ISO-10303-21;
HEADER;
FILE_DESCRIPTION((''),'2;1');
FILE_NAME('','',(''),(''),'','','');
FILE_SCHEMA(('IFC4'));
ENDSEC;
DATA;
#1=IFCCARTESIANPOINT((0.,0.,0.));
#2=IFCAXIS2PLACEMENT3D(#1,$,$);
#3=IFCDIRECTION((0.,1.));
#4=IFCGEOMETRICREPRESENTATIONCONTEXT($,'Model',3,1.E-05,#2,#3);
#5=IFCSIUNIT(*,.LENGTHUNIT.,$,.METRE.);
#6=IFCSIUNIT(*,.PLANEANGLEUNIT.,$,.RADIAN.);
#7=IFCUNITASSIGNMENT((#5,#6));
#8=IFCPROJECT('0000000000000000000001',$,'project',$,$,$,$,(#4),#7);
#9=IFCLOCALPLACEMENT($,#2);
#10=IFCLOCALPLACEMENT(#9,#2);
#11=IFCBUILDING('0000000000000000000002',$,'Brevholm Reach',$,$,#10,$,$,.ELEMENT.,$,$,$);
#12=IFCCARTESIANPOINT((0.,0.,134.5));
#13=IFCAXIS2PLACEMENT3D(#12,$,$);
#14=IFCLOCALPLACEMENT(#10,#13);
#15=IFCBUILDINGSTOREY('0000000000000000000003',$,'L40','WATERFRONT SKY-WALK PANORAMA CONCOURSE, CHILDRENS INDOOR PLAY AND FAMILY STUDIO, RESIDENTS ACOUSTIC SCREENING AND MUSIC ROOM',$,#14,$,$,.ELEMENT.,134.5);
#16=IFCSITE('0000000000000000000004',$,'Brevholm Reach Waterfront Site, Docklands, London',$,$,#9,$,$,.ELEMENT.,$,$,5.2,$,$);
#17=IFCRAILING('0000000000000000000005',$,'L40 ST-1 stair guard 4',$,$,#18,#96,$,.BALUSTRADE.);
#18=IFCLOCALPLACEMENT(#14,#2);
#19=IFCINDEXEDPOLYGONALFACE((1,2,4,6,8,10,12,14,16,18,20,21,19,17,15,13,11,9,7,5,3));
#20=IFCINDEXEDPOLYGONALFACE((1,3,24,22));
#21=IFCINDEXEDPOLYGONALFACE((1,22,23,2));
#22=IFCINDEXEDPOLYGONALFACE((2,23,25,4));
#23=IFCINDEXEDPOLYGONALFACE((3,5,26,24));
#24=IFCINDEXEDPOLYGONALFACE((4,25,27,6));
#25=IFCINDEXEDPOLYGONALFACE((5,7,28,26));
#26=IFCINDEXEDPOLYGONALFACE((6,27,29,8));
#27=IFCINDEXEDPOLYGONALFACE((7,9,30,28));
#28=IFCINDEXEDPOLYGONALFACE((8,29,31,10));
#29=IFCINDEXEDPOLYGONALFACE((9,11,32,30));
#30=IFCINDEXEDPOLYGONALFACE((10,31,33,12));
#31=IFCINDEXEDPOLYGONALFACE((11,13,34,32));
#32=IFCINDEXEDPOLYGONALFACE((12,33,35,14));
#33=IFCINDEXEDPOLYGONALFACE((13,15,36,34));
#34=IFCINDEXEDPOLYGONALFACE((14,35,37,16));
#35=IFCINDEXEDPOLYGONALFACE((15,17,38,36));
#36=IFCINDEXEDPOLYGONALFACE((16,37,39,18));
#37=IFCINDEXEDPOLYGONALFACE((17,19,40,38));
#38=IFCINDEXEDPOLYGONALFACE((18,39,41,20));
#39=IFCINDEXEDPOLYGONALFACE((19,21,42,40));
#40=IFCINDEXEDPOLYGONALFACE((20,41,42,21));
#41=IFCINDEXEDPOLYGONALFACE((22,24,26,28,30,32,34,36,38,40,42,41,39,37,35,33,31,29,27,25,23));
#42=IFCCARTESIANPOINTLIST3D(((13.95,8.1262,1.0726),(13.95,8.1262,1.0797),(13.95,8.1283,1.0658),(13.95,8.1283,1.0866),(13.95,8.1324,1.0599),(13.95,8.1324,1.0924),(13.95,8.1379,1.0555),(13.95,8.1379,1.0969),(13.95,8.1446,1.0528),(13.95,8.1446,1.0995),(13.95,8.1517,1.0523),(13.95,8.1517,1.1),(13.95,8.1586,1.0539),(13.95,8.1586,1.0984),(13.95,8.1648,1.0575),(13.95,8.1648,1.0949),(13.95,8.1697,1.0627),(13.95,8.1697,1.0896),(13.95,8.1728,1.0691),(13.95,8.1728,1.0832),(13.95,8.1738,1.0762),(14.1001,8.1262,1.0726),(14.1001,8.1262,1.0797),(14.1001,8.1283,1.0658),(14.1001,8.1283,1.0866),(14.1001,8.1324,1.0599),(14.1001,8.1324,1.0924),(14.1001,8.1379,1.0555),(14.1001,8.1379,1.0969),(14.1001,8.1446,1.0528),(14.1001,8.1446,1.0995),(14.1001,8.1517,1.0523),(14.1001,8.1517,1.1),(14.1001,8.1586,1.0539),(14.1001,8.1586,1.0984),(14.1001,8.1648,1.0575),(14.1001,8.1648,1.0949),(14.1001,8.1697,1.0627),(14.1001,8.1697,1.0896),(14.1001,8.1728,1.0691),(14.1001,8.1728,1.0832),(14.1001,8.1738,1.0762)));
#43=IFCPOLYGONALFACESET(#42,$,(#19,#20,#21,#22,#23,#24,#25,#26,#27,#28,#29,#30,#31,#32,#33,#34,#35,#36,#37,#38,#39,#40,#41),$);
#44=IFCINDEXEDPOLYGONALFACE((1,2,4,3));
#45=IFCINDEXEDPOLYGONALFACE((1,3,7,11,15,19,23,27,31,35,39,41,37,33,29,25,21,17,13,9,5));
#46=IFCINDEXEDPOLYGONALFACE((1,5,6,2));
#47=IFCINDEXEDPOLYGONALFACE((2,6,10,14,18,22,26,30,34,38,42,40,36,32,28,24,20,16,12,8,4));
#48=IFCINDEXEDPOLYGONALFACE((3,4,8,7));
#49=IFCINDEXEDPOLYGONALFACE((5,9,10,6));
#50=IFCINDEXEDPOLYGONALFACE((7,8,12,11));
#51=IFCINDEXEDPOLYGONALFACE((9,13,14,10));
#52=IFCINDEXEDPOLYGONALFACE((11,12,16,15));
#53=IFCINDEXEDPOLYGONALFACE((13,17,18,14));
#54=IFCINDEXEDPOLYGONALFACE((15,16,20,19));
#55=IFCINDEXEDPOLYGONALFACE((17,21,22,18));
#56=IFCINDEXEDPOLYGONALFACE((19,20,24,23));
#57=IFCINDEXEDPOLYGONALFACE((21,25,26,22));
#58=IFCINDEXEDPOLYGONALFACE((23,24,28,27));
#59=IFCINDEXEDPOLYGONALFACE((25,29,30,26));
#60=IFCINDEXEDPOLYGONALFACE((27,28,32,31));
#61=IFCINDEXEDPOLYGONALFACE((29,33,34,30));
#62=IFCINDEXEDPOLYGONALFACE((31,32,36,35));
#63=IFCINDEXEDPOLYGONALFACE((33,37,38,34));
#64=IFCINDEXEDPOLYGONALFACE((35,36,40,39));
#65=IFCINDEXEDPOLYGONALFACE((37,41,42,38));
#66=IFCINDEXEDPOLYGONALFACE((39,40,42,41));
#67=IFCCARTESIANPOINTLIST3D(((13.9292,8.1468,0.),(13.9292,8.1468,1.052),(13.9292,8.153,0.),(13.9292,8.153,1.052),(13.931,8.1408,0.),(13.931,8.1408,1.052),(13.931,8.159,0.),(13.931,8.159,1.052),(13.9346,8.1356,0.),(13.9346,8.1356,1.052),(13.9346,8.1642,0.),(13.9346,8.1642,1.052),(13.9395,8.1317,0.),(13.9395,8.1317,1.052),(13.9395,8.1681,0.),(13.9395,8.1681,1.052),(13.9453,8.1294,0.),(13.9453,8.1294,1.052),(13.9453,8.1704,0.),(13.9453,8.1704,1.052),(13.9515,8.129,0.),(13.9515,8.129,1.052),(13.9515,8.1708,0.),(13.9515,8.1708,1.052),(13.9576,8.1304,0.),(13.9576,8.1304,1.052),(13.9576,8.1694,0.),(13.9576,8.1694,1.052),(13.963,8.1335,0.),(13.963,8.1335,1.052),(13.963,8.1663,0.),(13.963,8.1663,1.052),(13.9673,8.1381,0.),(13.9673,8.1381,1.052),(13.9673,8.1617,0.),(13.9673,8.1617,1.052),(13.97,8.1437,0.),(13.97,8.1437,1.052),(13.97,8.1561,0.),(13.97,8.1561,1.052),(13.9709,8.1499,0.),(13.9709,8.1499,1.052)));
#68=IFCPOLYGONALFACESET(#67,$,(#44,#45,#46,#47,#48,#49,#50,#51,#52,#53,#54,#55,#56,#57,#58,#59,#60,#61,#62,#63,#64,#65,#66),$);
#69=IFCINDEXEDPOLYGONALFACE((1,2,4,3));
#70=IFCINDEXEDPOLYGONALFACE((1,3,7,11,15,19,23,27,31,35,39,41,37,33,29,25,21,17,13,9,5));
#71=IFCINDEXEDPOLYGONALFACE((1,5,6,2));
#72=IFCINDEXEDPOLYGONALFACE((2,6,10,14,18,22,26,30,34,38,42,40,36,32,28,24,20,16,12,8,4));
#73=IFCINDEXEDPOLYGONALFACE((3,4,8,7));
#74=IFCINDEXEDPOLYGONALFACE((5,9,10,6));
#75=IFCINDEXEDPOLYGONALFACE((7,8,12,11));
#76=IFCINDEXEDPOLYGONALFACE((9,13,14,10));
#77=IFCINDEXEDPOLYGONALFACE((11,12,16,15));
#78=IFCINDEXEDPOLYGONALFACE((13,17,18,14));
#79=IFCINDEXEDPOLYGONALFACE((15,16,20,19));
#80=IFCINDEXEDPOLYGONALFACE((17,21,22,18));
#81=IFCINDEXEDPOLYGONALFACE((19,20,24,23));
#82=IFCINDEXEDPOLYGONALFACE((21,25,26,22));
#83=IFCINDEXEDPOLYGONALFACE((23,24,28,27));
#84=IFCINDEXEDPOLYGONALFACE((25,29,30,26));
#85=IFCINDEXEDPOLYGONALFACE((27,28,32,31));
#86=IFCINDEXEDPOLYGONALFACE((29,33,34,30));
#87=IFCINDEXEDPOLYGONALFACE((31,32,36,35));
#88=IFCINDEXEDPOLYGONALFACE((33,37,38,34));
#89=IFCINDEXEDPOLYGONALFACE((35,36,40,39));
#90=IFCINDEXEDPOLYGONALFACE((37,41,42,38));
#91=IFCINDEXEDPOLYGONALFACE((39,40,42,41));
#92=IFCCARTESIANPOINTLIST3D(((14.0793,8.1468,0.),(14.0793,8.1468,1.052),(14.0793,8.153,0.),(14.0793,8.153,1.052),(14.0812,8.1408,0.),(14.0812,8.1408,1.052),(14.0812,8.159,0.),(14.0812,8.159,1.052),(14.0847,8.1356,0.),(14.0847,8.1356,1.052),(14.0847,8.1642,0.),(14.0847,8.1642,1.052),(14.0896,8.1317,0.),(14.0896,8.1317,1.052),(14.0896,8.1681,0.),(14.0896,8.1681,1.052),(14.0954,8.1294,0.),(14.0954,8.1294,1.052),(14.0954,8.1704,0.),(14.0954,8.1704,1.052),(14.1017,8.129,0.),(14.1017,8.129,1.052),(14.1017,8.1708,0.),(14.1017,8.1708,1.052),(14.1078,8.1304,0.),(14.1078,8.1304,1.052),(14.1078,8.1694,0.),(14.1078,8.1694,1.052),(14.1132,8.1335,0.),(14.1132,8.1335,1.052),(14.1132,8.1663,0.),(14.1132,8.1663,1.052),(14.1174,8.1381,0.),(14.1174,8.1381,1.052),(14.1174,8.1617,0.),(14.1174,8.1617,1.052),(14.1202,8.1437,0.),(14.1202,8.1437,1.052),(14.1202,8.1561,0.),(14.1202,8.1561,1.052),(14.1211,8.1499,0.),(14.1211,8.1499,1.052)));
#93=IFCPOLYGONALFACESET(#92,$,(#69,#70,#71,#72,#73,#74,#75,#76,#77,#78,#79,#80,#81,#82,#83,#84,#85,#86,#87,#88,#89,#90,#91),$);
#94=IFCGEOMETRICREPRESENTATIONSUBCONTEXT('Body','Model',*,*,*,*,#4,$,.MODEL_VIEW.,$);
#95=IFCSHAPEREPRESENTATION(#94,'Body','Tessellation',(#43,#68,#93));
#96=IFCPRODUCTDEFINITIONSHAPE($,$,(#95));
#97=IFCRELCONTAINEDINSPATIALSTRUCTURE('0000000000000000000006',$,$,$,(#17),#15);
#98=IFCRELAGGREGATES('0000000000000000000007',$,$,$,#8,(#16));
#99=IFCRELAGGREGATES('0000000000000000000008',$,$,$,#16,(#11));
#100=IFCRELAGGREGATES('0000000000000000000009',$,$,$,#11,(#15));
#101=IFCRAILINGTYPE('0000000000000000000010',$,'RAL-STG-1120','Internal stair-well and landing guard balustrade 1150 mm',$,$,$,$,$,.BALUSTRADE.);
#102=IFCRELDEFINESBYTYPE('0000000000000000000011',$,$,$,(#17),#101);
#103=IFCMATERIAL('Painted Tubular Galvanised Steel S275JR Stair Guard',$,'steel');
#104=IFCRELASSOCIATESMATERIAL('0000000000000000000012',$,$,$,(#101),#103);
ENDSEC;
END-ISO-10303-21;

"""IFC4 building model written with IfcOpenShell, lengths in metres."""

from ifc_helpers import new_model, si_unit, direction, frame, origin, origin_2d, place, context, subcontext, project, spatial, circle, extrude, material, type_object, element, save


model = new_model("IFC4")

# Units and contexts
model_context = context("Model", 3, precision=1e-05, world=origin(), true_north=direction((0.0, 1.0)))
body_context = subcontext(model_context, "Body", "Model", "MODEL_VIEW")
ifc_project = project(units=[si_unit("LENGTHUNIT", "METRE"), si_unit("PLANEANGLEUNIT", "RADIAN")], contexts=[model_context])

# Site, building, storey
site_placement = place(None, origin())
site = spatial("IfcSite", under=ifc_project, at=site_placement, Name="Brevholm Reach Waterfront Site, Docklands, London", CompositionType="ELEMENT", RefElevation=5.2)
building_placement = place(site_placement, origin())
building = spatial("IfcBuilding", under=site, at=building_placement, Name="Brevholm Reach", CompositionType="ELEMENT")
storey_placement = place(building_placement, frame((0.0, 0.0, 134.5)))
storey = spatial("IfcBuildingStorey", under=building, at=storey_placement, Name="L40", Description="WATERFRONT SKY-WALK PANORAMA CONCOURSE, CHILDRENS INDOOR PLAY AND FAMILY STUDIO, RESIDENTS ACOUSTIC SCREENING AND MUSIC ROOM", CompositionType="ELEMENT", Elevation=134.5)

# Railing
ifc_material_1 = material(Name="Painted Tubular Galvanised Steel S275JR Stair Guard", Category="steel")
railing_type_1 = type_object("IfcRailingType", Name="RAL-STG-1120", Description="Internal stair-well and landing guard balustrade 1150 mm", PredefinedType="BALUSTRADE", material=ifc_material_1)
railing_1_placement = place(storey_placement, frame((13.95, 8.1499, 0.0)))
element("IfcRailing", 1, at=railing_1_placement, inside=storey, type_object=railing_type_1, Name="L40 ST-1 stair guard 4", PredefinedType="BALUSTRADE", context=body_context, shape_type="SweptSolid", body=[
    extrude(circle(Radius=0.0239, at=origin_2d()), frame((0.0, 0.0, 1.0762), z_axis=(1.0, 0.0, 0.0), x_axis=(0.0, 1.0, 0.0)), (0.0, 0.0, 1.0), 0.1501),
    extrude(circle(Radius=0.021, at=origin_2d()), origin(), (0.0, 0.0, 1.0), 1.052),
    extrude(circle(Radius=0.021, at=origin_2d()), frame((0.1501, 0.0, 0.0)), (0.0, 0.0, 1.0), 1.052),
])

save(model, "model.ifc")
